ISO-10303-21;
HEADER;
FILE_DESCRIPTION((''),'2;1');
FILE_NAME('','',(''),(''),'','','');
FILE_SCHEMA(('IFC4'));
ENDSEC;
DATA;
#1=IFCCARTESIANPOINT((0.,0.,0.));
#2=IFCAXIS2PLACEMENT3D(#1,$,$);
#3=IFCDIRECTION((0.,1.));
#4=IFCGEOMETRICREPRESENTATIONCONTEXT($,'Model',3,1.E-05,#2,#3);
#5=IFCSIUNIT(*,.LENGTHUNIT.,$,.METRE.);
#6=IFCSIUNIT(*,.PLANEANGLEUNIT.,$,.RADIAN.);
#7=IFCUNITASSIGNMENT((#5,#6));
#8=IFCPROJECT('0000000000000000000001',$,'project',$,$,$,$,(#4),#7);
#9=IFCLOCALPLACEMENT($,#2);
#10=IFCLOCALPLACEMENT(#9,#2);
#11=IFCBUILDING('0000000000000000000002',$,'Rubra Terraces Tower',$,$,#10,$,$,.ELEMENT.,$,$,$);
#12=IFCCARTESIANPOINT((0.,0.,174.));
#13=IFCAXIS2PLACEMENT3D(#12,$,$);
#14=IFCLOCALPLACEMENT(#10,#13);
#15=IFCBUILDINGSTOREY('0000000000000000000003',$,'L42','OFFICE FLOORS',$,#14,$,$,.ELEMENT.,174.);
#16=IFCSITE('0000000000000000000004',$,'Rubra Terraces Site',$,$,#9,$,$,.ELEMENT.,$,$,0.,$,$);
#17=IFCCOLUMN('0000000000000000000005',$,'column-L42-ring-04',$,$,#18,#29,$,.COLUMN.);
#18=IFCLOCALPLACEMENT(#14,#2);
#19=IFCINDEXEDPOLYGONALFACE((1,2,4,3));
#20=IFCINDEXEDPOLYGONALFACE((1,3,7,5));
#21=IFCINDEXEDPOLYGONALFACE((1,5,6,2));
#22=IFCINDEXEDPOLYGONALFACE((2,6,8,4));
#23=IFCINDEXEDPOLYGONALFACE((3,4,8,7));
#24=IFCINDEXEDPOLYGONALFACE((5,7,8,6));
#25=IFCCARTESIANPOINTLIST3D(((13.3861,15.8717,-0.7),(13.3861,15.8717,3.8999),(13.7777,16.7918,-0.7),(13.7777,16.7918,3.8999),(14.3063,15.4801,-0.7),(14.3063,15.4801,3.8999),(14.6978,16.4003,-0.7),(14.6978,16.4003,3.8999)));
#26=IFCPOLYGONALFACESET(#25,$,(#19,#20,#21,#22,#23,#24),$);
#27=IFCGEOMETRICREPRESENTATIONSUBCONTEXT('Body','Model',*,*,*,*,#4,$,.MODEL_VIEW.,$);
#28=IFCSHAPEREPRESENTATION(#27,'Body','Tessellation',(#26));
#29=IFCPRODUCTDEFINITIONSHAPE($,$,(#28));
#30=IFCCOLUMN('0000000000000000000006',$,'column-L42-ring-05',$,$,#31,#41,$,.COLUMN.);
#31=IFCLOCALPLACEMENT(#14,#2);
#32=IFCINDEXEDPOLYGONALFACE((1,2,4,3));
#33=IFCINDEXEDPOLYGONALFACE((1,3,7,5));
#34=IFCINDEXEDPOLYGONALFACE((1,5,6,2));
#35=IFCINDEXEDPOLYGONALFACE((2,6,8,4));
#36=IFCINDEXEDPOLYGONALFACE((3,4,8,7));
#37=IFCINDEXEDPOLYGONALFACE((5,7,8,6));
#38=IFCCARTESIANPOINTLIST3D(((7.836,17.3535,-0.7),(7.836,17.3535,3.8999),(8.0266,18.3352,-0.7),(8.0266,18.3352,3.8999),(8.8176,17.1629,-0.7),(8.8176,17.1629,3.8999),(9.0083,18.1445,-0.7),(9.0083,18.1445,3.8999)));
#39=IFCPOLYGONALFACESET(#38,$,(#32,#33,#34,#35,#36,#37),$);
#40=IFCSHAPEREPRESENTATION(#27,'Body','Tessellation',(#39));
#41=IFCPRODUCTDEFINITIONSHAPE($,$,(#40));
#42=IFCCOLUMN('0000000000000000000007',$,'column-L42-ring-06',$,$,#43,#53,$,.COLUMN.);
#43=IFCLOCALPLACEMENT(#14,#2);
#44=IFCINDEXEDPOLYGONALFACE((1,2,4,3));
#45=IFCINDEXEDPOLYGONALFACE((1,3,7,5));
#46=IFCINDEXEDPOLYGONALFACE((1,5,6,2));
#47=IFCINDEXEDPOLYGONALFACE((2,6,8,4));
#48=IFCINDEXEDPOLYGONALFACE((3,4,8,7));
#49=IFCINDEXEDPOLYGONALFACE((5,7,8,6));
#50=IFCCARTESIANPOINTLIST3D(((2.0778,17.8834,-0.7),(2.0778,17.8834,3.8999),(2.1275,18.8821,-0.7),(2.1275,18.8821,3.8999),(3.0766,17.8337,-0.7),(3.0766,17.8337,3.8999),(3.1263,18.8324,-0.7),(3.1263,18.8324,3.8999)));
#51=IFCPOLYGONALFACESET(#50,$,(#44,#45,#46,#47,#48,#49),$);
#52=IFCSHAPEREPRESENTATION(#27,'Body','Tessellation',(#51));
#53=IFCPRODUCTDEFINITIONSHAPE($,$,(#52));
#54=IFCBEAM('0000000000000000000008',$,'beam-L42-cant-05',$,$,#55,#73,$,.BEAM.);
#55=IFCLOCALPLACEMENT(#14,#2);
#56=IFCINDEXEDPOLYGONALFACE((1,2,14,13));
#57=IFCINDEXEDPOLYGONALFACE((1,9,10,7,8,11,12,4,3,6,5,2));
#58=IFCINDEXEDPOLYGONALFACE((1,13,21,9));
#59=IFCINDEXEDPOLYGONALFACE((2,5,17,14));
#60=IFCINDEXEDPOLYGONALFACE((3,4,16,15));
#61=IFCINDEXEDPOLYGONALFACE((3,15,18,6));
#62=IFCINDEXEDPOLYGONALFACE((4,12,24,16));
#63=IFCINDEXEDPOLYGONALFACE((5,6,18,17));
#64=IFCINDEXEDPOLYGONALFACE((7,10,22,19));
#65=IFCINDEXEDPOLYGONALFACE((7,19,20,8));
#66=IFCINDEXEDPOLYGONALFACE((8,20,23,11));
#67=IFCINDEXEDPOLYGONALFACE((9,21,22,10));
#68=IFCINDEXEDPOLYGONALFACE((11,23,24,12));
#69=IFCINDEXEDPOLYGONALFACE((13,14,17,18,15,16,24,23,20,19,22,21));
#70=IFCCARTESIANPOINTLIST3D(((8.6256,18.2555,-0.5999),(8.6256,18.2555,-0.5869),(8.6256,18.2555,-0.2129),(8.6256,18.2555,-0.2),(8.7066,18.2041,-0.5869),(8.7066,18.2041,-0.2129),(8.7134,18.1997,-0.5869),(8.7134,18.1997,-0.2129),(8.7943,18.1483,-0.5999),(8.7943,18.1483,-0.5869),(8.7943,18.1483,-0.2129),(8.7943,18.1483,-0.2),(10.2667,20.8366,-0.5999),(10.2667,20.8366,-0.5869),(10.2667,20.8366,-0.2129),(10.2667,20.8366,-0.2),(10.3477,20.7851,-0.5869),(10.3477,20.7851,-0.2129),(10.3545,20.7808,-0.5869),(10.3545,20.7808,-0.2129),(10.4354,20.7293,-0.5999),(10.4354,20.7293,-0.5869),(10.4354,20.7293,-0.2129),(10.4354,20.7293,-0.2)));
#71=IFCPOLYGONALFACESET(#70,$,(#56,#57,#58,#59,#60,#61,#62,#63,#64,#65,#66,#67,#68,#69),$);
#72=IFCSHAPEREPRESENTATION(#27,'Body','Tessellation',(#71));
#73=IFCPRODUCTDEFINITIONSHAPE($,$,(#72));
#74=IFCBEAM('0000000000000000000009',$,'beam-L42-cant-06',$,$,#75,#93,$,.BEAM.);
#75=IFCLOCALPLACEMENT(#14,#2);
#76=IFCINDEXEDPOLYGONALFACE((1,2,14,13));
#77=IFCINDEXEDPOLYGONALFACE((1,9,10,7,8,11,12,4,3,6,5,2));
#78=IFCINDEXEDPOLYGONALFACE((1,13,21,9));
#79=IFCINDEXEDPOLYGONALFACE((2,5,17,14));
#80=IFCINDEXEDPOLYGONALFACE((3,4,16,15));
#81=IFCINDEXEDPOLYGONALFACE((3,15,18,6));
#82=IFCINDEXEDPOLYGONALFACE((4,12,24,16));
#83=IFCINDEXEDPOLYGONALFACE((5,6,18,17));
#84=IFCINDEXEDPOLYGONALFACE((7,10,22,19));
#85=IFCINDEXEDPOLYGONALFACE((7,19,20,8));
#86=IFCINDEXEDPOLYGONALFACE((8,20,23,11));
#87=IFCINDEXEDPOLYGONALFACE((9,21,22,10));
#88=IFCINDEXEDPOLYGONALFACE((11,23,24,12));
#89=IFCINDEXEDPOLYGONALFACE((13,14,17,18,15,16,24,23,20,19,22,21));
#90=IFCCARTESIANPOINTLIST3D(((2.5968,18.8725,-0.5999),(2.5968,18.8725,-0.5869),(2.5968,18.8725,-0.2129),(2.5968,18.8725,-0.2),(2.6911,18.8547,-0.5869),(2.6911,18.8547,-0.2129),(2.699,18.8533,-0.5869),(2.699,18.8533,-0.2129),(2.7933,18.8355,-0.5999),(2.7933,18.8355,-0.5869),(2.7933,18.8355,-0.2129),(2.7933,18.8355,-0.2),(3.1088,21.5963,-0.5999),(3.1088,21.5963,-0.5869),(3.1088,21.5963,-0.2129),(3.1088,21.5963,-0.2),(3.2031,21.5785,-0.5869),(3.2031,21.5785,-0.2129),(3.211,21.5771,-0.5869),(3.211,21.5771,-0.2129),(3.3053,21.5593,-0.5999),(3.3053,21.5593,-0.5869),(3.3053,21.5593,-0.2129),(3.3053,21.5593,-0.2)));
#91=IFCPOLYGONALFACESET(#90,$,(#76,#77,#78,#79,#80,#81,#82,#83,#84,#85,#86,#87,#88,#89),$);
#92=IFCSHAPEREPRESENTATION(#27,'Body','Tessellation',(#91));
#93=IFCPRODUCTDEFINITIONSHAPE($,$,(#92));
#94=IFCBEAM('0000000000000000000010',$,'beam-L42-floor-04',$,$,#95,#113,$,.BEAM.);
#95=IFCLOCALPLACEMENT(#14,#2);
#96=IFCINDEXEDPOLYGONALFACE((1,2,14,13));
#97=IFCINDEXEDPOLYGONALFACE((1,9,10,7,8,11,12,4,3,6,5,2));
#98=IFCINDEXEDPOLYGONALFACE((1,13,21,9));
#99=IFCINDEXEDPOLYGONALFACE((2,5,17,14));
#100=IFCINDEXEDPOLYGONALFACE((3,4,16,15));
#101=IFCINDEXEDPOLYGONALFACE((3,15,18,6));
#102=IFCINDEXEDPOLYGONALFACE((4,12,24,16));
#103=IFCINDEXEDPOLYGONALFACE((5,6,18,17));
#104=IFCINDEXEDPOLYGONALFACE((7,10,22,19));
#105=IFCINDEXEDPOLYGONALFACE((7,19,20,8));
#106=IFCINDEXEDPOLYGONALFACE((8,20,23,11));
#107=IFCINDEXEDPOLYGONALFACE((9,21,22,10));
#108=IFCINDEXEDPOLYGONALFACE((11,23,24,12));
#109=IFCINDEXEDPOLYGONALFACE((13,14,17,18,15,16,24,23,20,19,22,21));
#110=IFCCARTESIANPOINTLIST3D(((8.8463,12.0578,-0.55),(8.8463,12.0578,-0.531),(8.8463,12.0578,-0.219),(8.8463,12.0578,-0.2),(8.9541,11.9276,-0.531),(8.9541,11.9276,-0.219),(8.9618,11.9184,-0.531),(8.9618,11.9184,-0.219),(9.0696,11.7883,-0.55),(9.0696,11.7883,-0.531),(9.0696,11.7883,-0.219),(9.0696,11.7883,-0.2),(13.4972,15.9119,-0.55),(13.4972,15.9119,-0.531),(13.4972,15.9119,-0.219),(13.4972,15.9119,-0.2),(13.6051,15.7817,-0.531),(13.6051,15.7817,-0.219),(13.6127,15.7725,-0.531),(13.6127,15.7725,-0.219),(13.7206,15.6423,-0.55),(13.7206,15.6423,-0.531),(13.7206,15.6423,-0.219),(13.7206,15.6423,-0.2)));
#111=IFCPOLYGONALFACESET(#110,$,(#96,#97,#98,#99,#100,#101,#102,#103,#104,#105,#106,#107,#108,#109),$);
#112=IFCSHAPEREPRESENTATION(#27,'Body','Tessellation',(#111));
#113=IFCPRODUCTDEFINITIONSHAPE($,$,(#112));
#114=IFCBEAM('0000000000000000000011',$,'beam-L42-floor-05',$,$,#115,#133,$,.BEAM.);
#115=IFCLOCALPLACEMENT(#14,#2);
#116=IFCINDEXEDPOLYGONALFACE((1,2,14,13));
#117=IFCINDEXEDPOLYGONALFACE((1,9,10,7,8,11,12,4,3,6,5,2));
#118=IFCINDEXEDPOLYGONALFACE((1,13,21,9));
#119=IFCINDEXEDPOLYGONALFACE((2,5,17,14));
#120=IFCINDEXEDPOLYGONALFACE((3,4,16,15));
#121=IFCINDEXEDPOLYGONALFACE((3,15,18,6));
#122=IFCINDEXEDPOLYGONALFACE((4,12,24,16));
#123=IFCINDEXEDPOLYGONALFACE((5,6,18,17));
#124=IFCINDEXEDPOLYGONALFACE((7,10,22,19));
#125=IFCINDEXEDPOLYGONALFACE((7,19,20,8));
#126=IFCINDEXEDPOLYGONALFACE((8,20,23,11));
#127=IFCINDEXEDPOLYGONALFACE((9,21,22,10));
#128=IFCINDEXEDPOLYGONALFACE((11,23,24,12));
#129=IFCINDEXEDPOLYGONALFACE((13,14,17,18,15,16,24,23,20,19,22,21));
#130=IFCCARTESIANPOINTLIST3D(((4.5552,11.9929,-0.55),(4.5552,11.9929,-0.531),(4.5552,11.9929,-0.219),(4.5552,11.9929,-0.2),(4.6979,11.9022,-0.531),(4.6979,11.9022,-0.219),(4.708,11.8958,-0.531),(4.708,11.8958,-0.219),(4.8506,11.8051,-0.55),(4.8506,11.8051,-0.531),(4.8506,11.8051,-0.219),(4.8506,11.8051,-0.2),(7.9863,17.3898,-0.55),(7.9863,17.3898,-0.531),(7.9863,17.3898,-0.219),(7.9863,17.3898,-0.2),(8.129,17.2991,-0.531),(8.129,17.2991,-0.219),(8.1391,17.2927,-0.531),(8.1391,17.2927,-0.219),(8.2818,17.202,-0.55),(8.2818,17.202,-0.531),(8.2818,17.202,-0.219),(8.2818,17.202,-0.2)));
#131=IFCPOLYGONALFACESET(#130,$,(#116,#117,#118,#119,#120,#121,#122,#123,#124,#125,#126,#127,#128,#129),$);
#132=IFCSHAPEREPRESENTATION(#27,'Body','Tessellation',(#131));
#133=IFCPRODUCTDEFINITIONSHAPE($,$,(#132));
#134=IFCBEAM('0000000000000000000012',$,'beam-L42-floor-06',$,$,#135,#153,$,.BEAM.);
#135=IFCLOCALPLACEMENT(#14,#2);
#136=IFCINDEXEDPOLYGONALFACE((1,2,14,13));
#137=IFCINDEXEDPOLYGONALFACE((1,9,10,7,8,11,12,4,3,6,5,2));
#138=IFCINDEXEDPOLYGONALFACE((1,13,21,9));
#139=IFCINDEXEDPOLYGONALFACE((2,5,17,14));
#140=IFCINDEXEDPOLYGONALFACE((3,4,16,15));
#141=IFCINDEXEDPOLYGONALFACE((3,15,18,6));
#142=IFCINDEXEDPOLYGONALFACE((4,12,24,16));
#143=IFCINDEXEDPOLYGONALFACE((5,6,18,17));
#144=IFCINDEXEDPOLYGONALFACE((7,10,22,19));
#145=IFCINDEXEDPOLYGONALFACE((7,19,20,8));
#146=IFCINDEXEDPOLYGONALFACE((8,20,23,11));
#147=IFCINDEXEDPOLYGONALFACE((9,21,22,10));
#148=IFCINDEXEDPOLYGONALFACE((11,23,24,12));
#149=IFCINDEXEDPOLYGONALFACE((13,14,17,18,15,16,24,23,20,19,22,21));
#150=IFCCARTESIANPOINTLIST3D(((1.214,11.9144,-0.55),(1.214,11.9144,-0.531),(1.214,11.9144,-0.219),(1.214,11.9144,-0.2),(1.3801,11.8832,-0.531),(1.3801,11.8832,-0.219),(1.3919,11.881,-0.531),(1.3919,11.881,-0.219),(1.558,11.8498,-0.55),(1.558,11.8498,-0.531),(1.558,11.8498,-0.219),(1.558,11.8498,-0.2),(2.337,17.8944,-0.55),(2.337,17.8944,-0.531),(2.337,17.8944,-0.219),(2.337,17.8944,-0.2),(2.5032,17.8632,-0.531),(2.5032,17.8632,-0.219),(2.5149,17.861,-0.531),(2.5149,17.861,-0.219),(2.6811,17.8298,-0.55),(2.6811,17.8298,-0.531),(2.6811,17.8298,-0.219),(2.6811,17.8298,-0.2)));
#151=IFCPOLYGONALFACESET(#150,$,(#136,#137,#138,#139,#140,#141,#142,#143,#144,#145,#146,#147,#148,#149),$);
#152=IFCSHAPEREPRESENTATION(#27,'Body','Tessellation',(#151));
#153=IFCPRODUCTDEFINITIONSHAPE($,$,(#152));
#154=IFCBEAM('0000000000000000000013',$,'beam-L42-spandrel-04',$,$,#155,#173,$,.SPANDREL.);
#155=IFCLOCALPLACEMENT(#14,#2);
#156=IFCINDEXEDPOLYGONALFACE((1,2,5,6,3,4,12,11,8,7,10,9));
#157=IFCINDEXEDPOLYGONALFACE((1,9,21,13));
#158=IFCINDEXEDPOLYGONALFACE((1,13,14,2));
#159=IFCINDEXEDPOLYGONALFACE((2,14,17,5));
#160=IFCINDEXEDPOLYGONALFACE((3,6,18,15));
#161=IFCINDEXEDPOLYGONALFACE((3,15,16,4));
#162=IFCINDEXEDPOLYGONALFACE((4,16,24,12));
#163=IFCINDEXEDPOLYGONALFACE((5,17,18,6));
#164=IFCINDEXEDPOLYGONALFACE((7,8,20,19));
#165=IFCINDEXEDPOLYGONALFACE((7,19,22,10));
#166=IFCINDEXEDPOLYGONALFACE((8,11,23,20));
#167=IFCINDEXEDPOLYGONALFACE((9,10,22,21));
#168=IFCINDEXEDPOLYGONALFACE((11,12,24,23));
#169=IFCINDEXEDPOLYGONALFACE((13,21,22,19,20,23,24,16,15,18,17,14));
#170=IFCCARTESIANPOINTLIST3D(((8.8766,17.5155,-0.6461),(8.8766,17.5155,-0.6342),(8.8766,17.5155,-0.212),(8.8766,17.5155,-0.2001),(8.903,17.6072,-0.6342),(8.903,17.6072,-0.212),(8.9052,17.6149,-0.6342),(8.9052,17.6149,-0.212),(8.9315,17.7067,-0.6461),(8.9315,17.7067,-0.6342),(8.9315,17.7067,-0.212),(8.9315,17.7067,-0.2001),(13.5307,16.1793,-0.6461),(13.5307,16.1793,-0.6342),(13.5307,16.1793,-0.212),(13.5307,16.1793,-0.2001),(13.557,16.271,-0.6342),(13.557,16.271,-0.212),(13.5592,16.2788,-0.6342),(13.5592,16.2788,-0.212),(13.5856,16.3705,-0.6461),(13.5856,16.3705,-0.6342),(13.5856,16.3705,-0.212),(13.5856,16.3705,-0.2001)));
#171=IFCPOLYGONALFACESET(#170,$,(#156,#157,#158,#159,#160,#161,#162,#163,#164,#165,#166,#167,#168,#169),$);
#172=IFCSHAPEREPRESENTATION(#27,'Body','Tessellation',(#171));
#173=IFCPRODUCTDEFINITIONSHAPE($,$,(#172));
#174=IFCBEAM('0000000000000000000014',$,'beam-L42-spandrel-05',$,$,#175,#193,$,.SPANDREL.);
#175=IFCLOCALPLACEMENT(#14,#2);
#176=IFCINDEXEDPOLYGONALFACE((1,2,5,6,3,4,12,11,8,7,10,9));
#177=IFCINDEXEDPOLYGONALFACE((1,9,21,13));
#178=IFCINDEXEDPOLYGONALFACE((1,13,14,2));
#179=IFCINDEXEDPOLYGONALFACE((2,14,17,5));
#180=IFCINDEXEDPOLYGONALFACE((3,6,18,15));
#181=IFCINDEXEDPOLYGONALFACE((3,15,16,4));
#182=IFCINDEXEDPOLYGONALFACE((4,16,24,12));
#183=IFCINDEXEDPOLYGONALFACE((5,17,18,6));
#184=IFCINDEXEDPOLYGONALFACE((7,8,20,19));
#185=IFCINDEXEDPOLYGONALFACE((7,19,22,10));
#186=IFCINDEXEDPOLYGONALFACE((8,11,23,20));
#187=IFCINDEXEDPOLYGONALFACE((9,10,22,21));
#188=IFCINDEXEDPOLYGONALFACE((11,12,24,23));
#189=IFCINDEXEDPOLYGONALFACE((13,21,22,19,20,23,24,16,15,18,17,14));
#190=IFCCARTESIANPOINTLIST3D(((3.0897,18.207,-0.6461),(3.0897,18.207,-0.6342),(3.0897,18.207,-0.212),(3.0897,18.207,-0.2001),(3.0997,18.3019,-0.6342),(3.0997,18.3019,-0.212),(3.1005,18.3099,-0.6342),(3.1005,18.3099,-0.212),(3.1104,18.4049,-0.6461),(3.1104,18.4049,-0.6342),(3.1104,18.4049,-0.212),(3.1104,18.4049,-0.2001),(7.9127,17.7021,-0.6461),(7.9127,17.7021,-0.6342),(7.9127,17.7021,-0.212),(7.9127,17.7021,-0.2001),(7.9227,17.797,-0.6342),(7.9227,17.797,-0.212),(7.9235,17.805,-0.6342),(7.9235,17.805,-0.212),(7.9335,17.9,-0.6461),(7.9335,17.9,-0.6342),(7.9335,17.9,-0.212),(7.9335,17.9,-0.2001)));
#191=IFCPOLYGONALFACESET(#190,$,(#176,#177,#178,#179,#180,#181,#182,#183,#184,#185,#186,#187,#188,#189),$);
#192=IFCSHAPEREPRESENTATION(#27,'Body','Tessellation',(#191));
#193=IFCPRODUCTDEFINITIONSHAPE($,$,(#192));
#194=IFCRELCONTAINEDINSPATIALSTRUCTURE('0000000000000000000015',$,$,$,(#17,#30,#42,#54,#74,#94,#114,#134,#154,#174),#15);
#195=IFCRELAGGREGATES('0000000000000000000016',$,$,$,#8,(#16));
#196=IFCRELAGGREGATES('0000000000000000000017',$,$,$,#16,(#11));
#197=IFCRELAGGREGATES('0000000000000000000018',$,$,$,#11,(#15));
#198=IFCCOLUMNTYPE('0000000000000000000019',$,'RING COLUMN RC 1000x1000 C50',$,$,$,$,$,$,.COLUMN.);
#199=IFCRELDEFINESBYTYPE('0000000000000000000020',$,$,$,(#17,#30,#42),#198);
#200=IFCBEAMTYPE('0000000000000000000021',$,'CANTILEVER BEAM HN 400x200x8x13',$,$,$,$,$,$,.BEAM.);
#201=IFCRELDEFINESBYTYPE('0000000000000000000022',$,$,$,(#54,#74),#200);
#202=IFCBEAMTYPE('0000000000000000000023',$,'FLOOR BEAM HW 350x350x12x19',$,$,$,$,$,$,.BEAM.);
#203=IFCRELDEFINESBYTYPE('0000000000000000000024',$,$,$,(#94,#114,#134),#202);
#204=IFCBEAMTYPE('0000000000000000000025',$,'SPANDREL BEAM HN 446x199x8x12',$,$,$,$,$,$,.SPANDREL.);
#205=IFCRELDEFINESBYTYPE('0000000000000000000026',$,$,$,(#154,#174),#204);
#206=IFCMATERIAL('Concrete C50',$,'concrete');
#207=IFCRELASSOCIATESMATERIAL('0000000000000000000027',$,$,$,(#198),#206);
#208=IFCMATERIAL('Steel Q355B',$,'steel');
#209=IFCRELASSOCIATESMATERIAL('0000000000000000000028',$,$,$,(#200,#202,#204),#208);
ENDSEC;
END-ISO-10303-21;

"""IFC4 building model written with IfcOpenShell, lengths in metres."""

from ifc_helpers import new_model, si_unit, direction, frame, origin, origin_2d, place, context, subcontext, project, spatial, rectangle, i_section, extrude, material, material_profile, profile_set, type_object, element, save


model = new_model("IFC4")

# Units and contexts
model_context = context("Model", 3, precision=1e-05, world=origin(), true_north=direction((0.0, 1.0)))
body_context = subcontext(model_context, "Body", "Model", "MODEL_VIEW")
ifc_project = project(units=[si_unit("LENGTHUNIT", "METRE"), si_unit("PLANEANGLEUNIT", "RADIAN")], contexts=[model_context])

# Site, building, storey
site_placement = place(None, origin())
site = spatial("IfcSite", under=ifc_project, at=site_placement, Name="Rubra Terraces Site", CompositionType="ELEMENT", RefElevation=0.0)
building_placement = place(site_placement, origin())
building = spatial("IfcBuilding", under=site, at=building_placement, Name="Rubra Terraces Tower", CompositionType="ELEMENT")
storey_placement = place(building_placement, frame((0.0, 0.0, 174.0)))
storey = spatial("IfcBuildingStorey", under=building, at=storey_placement, Name="L42", Description="OFFICE FLOORS", CompositionType="ELEMENT", Elevation=174.0)

# Columns
ifc_material_1 = material(Name="Concrete C50", Category="concrete")
ifc_material_profile_1 = material_profile(ifc_material_1, rectangle(XDim=1.0, YDim=1.0, at=origin_2d()), Name="RC 1000x1000")
ifc_profile_set_1 = profile_set([ifc_material_profile_1], Name="Concrete C50")
column_type = type_object("IfcColumnType", Name="RING COLUMN RC 1000x1000 C50", PredefinedType="COLUMN", material=ifc_profile_set_1)
for number, where, z_axis, x_axis, name in (
    (1, (14.042, 16.136, -0.7), (0.0, 0.0, 1.0), (-0.920168, 0.391524, 0.0), "column-L42-ring-04"),
    (2, (8.4221, 17.749, -0.7), (0.0, 0.0, 1.0), (-0.981655, 0.190668, 0.0), "column-L42-ring-05"),
    (3, (2.6021, 18.3579, -0.7), (0.0, 0.0, 1.0), (-0.998764, 0.049699, 0.0), "column-L42-ring-06"),
):
    element("IfcColumn", number, at=place(storey_placement, frame(where, z_axis=z_axis, x_axis=x_axis)), inside=storey, type_object=column_type, Name=name, PredefinedType="COLUMN", context=body_context, shape_type="SweptSolid", body=[
        extrude(rectangle(XDim=1.0, YDim=1.0, at=origin_2d()), origin(), (0.0, 0.0, 1.0), 4.5999),
    ])

# Beams
ifc_material_2 = material(Name="Steel Q355B", Category="steel")
ifc_material_profile_2 = material_profile(ifc_material_2, i_section(OverallWidth=0.2, OverallDepth=0.3999, WebThickness=0.0081, FlangeThickness=0.0129, at=origin_2d()), Name="HN 400x200x8x13")
ifc_profile_set_2 = profile_set([ifc_material_profile_2], Name="Steel Q355B")
beam_type_1 = type_object("IfcBeamType", Name="CANTILEVER BEAM HN 400x200x8x13", PredefinedType="BEAM", material=ifc_profile_set_2)
beam_1_placement = place(storey_placement, frame((8.71, 18.2019, -0.3999), z_axis=(0.536555, 0.843865, 0.0), x_axis=(-0.843865, 0.536555, 0.0)))
element("IfcBeam", 4, at=beam_1_placement, inside=storey, type_object=beam_type_1, Name="beam-L42-cant-05", PredefinedType="BEAM", context=body_context, shape_type="SweptSolid", body=[
    extrude(i_section(OverallWidth=0.2, OverallDepth=0.3999, WebThickness=0.0081, FlangeThickness=0.0129, at=origin_2d()), origin(), (0.0, 0.0, 1.0), 3.0586),
])
beam_2_placement = place(storey_placement, frame((2.6951, 18.854, -0.3999), z_axis=(0.184719, 0.982791, 0.0), x_axis=(-0.982791, 0.184719, 0.0)))
element("IfcBeam", 5, at=beam_2_placement, inside=storey, type_object=beam_type_1, Name="beam-L42-cant-06", PredefinedType="BEAM", context=body_context, shape_type="SweptSolid", body=[
    extrude(i_section(OverallWidth=0.2, OverallDepth=0.3999, WebThickness=0.0081, FlangeThickness=0.0129, at=origin_2d()), origin(), (0.0, 0.0, 1.0), 2.7715),
])
ifc_material_profile_3 = material_profile(ifc_material_2, i_section(OverallWidth=0.3501, OverallDepth=0.3501, WebThickness=0.012, FlangeThickness=0.019, at=origin_2d()), Name="HW 350x350x12x19")
ifc_profile_set_3 = profile_set([ifc_material_profile_3], Name="Steel Q355B")
beam_type_2 = type_object("IfcBeamType", Name="FLOOR BEAM HW 350x350x12x19", PredefinedType="BEAM", material=ifc_profile_set_3)
beam_3_placement = place(storey_placement, frame((13.6089, 15.7771, -0.375), z_axis=(-0.769988, -0.638059, 0.0), x_axis=(0.638059, -0.769988, 0.0)))
element("IfcBeam", 6, at=beam_3_placement, inside=storey, type_object=beam_type_2, Name="beam-L42-floor-04", PredefinedType="BEAM", context=body_context, shape_type="SweptSolid", body=[
    extrude(i_section(OverallWidth=0.3501, OverallDepth=0.3501, WebThickness=0.012, FlangeThickness=0.019, at=origin_2d()), origin(), (0.0, 0.0, 1.0), 6.0403),
])
beam_4_placement = place(storey_placement, frame((8.134, 17.2959, -0.375), z_axis=(-0.53651, -0.843894, 0.0), x_axis=(0.843894, -0.53651, 0.0)))
element("IfcBeam", 7, at=beam_4_placement, inside=storey, type_object=beam_type_2, Name="beam-L42-floor-05", PredefinedType="BEAM", context=body_context, shape_type="SweptSolid", body=[
    extrude(i_section(OverallWidth=0.3501, OverallDepth=0.3501, WebThickness=0.012, FlangeThickness=0.019, at=origin_2d()), origin(), (0.0, 0.0, 1.0), 6.3953),
])
beam_5_placement = place(storey_placement, frame((2.509, 17.8621, -0.375), z_axis=(-0.184574, -0.982819, 0.0), x_axis=(0.982819, -0.184574, 0.0)))
element("IfcBeam", 8, at=beam_5_placement, inside=storey, type_object=beam_type_2, Name="beam-L42-floor-06", PredefinedType="BEAM", context=body_context, shape_type="SweptSolid", body=[
    extrude(i_section(OverallWidth=0.3501, OverallDepth=0.3501, WebThickness=0.012, FlangeThickness=0.019, at=origin_2d()), origin(), (0.0, 0.0, 1.0), 6.0845),
])
ifc_material_profile_4 = material_profile(ifc_material_2, i_section(OverallWidth=0.199, OverallDepth=0.446, WebThickness=0.0081, FlangeThickness=0.012, at=origin_2d()), Name="HN 446x199x8x12")
ifc_profile_set_4 = profile_set([ifc_material_profile_4], Name="Steel Q355B")
beam_type_3 = type_object("IfcBeamType", Name="SPANDREL BEAM HN 446x199x8x12", PredefinedType="SPANDREL", material=ifc_profile_set_4)
beam_6_placement = place(storey_placement, frame((13.5581, 16.2749, -0.4231), z_axis=(-0.961171, 0.275953, 0.0), x_axis=(-0.275953, -0.961171, 0.0)))
element("IfcBeam", 9, at=beam_6_placement, inside=storey, type_object=beam_type_3, Name="beam-L42-spandrel-04", PredefinedType="SPANDREL", context=body_context, shape_type="SweptSolid", body=[
    extrude(i_section(OverallWidth=0.199, OverallDepth=0.446, WebThickness=0.0081, FlangeThickness=0.012, at=origin_2d()), origin(), (0.0, 0.0, 1.0), 4.842),
])
beam_7_placement = place(storey_placement, frame((7.9231, 17.801, -0.4231), z_axis=(-0.994565, 0.104113, 0.0), x_axis=(-0.104113, -0.994565, 0.0)))
element("IfcBeam", 10, at=beam_7_placement, inside=storey, type_object=beam_type_3, Name="beam-L42-spandrel-05", PredefinedType="SPANDREL", context=body_context, shape_type="SweptSolid", body=[
    extrude(i_section(OverallWidth=0.199, OverallDepth=0.446, WebThickness=0.0081, FlangeThickness=0.012, at=origin_2d()), origin(), (0.0, 0.0, 1.0), 4.8494),
])

save(model, "model.ifc")
